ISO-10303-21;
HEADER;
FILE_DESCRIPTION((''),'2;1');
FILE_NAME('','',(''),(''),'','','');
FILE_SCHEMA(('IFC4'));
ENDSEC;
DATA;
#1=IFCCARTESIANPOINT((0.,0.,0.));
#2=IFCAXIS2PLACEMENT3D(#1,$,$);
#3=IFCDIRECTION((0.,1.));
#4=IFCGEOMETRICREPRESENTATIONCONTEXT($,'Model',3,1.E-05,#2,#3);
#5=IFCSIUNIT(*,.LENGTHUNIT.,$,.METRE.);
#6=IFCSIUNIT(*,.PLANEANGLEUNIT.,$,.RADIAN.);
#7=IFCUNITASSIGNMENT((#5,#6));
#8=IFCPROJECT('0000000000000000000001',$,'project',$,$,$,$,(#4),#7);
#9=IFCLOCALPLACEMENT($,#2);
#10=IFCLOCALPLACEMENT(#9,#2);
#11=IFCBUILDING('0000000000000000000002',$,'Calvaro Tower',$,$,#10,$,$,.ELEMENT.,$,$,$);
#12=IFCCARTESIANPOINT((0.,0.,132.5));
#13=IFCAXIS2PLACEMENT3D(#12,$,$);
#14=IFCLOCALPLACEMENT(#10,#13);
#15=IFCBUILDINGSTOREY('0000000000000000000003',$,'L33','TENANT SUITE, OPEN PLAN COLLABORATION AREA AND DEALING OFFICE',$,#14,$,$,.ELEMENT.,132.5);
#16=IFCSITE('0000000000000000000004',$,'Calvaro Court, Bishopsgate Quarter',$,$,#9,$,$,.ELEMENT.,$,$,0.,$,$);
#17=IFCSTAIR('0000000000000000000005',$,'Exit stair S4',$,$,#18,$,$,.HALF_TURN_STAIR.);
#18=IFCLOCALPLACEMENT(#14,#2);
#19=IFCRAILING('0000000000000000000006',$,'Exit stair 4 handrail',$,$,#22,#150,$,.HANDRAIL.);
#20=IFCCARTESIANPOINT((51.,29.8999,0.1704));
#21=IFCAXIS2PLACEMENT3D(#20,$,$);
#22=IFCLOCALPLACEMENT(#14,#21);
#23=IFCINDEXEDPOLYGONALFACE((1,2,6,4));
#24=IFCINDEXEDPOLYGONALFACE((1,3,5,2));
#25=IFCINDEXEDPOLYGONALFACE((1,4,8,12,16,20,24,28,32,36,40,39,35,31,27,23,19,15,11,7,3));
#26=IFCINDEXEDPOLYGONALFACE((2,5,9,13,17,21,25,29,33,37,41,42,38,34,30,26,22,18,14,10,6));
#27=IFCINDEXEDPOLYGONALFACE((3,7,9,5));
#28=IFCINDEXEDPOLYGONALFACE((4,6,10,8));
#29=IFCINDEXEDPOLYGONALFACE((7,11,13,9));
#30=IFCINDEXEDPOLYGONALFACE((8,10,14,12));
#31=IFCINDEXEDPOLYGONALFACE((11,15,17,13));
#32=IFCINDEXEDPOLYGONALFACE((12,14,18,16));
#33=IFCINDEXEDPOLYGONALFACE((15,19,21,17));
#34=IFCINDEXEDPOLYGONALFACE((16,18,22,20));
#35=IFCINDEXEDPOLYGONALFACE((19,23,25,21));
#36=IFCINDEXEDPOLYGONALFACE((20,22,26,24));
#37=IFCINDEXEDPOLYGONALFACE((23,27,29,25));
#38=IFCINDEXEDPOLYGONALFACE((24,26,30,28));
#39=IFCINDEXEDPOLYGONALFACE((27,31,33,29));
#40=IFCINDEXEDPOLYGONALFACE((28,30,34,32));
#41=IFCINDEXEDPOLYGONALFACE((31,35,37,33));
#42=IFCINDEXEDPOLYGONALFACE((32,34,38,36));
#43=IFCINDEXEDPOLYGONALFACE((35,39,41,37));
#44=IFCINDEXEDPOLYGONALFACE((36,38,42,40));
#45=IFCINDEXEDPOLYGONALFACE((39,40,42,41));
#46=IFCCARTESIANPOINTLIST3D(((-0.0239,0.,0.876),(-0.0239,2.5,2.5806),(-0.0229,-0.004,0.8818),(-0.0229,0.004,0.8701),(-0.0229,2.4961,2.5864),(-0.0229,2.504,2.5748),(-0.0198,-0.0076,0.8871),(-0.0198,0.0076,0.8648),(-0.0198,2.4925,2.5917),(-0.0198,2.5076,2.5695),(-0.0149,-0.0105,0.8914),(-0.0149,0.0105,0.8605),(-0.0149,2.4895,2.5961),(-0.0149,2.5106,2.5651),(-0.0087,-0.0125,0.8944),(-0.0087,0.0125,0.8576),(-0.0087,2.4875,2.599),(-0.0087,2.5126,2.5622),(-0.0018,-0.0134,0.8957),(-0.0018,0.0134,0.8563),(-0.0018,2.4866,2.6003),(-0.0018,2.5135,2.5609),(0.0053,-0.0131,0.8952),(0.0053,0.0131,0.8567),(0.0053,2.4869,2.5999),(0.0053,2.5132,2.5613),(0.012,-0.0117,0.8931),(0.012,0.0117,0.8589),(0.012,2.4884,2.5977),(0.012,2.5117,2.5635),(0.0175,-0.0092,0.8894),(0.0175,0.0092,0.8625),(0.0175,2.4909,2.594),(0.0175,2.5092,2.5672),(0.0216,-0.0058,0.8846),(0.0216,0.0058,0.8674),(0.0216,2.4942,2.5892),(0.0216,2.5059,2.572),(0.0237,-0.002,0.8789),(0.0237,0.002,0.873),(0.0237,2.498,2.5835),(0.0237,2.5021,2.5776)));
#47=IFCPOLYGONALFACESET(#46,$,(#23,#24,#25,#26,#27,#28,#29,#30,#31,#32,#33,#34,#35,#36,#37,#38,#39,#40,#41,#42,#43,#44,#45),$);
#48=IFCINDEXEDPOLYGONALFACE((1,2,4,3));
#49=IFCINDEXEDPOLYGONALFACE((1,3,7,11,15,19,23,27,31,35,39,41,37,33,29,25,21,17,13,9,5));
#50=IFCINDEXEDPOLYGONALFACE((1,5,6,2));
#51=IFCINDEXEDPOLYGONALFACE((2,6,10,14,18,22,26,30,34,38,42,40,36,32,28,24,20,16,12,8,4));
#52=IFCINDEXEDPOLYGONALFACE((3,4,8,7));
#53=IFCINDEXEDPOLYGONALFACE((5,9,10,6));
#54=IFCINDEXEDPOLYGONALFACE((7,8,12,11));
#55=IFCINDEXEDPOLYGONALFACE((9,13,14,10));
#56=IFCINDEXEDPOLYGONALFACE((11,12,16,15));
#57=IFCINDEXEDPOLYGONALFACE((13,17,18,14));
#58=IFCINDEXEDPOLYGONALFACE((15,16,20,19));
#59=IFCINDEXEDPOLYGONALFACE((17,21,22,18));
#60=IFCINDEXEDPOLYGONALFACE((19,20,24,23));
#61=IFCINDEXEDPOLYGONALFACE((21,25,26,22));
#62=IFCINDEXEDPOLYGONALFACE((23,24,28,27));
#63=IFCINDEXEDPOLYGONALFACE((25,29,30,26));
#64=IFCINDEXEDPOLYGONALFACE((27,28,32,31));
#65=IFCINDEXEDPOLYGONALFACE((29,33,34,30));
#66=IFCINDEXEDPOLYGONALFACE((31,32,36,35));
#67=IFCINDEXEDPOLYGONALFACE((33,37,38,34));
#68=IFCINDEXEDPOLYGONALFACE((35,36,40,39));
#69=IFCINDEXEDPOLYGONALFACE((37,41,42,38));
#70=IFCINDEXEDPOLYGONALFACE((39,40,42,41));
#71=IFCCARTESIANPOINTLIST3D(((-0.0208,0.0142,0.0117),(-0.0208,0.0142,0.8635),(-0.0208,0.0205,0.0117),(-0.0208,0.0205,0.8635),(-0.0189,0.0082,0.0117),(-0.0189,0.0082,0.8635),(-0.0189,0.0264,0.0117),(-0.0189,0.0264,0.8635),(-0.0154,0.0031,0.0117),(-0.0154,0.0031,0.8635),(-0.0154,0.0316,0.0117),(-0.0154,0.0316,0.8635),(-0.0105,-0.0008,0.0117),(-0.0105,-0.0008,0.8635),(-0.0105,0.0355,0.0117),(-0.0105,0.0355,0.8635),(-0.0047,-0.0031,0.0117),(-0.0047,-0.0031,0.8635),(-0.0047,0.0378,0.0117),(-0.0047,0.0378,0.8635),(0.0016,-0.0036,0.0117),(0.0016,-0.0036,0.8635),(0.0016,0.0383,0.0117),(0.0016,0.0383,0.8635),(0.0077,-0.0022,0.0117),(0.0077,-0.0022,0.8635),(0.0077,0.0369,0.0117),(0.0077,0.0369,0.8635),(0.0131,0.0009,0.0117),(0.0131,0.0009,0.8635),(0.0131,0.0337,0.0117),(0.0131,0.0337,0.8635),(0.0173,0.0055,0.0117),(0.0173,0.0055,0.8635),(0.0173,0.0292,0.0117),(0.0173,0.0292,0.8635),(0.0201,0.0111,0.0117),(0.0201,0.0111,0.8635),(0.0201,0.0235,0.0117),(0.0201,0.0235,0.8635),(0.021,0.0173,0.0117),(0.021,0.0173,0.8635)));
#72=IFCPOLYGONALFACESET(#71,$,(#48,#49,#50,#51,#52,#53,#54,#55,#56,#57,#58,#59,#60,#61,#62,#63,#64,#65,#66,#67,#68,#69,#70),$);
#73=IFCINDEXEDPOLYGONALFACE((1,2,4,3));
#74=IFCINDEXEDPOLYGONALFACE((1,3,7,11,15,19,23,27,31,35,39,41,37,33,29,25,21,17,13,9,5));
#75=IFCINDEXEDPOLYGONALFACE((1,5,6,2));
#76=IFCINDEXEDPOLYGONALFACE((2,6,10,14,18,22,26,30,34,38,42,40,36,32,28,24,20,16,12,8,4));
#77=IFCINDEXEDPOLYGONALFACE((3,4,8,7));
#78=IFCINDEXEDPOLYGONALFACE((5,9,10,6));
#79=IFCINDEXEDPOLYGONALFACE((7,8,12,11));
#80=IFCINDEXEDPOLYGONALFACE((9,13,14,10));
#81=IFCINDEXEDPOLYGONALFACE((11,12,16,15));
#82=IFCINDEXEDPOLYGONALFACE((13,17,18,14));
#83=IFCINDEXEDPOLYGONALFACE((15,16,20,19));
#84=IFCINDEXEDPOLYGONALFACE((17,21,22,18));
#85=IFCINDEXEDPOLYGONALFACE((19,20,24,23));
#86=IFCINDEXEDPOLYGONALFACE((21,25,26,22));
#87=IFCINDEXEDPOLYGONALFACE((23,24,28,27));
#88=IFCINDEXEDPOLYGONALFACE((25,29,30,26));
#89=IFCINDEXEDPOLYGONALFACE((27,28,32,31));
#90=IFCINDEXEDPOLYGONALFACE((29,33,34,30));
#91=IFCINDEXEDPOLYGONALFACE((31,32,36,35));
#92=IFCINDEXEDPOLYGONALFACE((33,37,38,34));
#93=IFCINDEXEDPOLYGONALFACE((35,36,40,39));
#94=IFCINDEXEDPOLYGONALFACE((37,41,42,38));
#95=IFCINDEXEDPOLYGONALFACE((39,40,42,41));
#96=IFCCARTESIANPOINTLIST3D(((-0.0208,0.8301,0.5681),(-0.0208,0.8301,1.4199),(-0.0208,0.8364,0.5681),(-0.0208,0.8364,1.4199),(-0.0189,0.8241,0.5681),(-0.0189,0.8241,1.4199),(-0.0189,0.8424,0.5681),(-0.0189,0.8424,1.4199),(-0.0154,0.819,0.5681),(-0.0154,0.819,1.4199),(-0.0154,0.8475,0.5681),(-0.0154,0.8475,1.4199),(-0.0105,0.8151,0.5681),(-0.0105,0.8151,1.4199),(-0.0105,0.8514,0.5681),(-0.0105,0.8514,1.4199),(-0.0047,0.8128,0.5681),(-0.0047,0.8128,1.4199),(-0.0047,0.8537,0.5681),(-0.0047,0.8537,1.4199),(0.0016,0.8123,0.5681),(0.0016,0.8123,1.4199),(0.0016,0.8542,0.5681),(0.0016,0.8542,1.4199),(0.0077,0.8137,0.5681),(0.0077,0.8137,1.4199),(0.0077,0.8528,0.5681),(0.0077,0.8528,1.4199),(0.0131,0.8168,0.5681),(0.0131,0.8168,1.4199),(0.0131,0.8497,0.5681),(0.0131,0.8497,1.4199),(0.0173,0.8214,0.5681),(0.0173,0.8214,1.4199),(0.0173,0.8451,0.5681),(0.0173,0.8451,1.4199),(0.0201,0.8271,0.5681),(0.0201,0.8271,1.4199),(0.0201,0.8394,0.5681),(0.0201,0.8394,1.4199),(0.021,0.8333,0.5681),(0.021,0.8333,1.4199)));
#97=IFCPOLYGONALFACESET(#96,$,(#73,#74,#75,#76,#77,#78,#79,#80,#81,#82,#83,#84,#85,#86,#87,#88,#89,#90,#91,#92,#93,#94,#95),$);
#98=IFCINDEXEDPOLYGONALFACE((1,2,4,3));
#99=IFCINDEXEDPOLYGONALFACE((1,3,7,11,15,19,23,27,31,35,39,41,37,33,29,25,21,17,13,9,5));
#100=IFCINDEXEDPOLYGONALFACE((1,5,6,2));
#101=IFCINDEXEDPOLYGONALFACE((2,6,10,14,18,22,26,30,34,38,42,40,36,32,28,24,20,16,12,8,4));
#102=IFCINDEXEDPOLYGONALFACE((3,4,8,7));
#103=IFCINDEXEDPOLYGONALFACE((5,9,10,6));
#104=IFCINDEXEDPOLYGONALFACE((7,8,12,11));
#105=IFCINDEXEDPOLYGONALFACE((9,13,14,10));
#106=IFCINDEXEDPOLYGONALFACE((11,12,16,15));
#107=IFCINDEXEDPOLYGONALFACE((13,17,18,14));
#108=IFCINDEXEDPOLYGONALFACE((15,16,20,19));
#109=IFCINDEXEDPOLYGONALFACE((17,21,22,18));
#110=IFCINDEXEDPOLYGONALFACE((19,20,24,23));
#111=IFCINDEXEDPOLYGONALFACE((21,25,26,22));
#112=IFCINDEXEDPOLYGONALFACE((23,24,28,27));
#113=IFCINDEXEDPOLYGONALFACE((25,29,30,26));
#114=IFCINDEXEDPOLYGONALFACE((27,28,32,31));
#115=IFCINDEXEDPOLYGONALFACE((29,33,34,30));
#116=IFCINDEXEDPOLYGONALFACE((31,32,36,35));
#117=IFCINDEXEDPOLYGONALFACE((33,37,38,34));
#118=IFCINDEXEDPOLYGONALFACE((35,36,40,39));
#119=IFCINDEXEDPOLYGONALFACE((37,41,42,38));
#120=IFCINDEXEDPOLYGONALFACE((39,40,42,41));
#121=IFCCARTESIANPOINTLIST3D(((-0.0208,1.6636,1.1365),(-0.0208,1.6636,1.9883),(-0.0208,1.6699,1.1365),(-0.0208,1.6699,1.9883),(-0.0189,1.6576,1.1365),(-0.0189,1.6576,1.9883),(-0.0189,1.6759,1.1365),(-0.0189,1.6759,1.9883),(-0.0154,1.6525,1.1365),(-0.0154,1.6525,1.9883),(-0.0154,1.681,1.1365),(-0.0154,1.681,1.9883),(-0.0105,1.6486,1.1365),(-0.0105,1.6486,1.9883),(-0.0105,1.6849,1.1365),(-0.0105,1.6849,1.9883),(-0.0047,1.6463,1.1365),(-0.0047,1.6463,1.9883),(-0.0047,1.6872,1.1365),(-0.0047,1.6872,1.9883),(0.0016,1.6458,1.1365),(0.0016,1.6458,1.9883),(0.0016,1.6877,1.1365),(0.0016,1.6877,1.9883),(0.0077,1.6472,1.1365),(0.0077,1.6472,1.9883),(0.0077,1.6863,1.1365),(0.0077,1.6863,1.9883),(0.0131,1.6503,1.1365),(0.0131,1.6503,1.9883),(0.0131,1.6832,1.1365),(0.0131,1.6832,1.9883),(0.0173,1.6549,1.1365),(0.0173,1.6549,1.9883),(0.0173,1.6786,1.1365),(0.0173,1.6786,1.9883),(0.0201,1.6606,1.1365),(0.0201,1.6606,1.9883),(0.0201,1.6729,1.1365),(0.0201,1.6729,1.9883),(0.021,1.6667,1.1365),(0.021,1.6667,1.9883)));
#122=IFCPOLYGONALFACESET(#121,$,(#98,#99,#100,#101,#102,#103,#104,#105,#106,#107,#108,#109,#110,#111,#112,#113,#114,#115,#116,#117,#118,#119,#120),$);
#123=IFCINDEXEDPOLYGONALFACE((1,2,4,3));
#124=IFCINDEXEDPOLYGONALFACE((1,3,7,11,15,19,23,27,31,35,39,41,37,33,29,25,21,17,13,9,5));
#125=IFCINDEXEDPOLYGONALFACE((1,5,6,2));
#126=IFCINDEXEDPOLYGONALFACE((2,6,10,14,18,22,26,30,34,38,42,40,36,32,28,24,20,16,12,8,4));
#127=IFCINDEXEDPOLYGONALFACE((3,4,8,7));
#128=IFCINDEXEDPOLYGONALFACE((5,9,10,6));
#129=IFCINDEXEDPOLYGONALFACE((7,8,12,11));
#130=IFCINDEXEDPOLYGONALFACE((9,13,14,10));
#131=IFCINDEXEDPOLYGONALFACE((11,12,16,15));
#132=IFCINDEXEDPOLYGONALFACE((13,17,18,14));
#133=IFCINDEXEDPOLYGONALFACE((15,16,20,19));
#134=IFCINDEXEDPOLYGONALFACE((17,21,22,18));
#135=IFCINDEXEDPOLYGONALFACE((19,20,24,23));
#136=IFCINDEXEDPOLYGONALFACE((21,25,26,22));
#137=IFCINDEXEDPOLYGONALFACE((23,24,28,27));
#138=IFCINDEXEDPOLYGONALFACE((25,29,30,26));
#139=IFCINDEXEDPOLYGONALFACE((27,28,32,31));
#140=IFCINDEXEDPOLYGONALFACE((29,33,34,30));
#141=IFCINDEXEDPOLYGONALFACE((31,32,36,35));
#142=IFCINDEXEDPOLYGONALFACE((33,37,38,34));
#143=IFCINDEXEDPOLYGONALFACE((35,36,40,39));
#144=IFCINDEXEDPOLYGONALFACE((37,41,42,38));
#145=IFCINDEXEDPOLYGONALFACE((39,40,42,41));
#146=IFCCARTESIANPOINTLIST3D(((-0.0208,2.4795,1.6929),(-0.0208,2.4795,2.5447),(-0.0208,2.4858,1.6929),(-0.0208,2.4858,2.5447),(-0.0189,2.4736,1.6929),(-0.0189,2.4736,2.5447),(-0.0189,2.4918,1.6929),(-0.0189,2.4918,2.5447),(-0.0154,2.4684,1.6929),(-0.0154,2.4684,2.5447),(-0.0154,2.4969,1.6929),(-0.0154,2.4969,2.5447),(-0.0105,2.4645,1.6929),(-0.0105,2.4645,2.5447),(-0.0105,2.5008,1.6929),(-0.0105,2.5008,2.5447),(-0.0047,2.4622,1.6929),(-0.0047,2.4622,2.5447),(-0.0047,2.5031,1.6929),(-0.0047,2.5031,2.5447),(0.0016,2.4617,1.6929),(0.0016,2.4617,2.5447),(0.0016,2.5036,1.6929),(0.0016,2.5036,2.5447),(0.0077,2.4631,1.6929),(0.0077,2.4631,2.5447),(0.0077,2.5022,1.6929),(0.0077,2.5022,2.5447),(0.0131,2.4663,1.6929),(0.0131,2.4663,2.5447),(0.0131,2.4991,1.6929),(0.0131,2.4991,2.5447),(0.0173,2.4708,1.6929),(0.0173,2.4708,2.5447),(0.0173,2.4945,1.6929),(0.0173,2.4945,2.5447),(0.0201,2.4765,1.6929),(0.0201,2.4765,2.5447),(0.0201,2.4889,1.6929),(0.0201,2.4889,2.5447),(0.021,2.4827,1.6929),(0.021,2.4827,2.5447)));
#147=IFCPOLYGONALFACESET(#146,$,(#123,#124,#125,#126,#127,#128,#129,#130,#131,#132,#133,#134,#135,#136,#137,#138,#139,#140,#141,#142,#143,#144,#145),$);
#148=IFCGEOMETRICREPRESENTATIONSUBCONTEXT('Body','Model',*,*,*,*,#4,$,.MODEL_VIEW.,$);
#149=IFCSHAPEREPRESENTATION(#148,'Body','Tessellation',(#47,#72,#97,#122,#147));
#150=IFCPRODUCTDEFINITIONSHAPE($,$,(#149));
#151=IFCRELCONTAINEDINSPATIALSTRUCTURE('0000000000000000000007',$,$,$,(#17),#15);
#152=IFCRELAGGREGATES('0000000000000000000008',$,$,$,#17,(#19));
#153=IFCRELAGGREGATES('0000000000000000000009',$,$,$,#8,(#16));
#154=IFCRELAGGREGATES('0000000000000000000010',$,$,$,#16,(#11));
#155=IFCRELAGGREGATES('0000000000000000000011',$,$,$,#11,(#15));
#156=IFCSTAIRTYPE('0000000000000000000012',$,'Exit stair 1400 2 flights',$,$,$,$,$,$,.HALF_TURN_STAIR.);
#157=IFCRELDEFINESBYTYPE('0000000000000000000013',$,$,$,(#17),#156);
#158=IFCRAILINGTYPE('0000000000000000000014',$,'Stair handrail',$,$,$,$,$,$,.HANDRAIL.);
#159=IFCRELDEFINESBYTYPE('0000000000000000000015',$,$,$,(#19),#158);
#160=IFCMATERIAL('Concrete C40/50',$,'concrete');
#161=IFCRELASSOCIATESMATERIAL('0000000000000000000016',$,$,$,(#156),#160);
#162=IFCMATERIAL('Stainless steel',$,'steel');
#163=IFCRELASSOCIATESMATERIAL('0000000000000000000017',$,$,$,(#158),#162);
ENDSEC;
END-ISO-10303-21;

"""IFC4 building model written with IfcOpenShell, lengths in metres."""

from ifc_helpers import new_model, si_unit, direction, frame, origin, origin_2d, place, context, subcontext, project, spatial, circle, extrude, material, type_object, element, aggregate, save


model = new_model("IFC4")

# Units and contexts
model_context = context("Model", 3, precision=1e-05, world=origin(), true_north=direction((0.0, 1.0)))
body_context = subcontext(model_context, "Body", "Model", "MODEL_VIEW")
ifc_project = project(units=[si_unit("LENGTHUNIT", "METRE"), si_unit("PLANEANGLEUNIT", "RADIAN")], contexts=[model_context])

# Site, building, storey
site_placement = place(None, origin())
site = spatial("IfcSite", under=ifc_project, at=site_placement, Name="Calvaro Court, Bishopsgate Quarter", CompositionType="ELEMENT", RefElevation=0.0)
building_placement = place(site_placement, origin())
building = spatial("IfcBuilding", under=site, at=building_placement, Name="Calvaro Tower", CompositionType="ELEMENT")
storey_placement = place(building_placement, frame((0.0, 0.0, 132.5)))
storey = spatial("IfcBuildingStorey", under=building, at=storey_placement, Name="L33", Description="TENANT SUITE, OPEN PLAN COLLABORATION AREA AND DEALING OFFICE", CompositionType="ELEMENT", Elevation=132.5)

# Stair
ifc_material_1 = material(Name="Concrete C40/50", Category="concrete")
stair_type = type_object("IfcStairType", Name="Exit stair 1400 2 flights", PredefinedType="HALF_TURN_STAIR", material=ifc_material_1)
stair_1_placement = place(storey_placement, origin())
stair_1 = element("IfcStair", 1, at=stair_1_placement, inside=storey, type_object=stair_type, Name="Exit stair S4", PredefinedType="HALF_TURN_STAIR")

# Railing
ifc_material_2 = material(Name="Stainless steel", Category="steel")
railing_type = type_object("IfcRailingType", Name="Stair handrail", PredefinedType="HANDRAIL", material=ifc_material_2)
railing_1_placement = place(storey_placement, frame((51.0, 29.8999, 0.1704)))
railing_1 = element("IfcRailing", 2, at=railing_1_placement, type_object=railing_type, Name="Exit stair 4 handrail", PredefinedType="HANDRAIL", context=body_context, shape_type="SweptSolid", body=[
    extrude(circle(Radius=0.0239, at=origin_2d()), frame((0.0, 0.0, 0.876), z_axis=(0.0, 0.826221, 0.563347), x_axis=(-1.0, 0.0, 0.0)), (0.0, 0.0, 1.0), 3.0259),
    extrude(circle(Radius=0.021, at=origin_2d()), frame((0.0, 0.0173, 0.0117)), (0.0, 0.0, 1.0), 0.8518),
    extrude(circle(Radius=0.021, at=origin_2d()), frame((0.0, 0.8333, 0.5681)), (0.0, 0.0, 1.0), 0.8518),
    extrude(circle(Radius=0.021, at=origin_2d()), frame((0.0, 1.6667, 1.1365)), (0.0, 0.0, 1.0), 0.8518),
    extrude(circle(Radius=0.021, at=origin_2d()), frame((0.0, 2.4827, 1.6929)), (0.0, 0.0, 1.0), 0.8518),
])
aggregate(stair_1, [railing_1])

save(model, "model.ifc")
